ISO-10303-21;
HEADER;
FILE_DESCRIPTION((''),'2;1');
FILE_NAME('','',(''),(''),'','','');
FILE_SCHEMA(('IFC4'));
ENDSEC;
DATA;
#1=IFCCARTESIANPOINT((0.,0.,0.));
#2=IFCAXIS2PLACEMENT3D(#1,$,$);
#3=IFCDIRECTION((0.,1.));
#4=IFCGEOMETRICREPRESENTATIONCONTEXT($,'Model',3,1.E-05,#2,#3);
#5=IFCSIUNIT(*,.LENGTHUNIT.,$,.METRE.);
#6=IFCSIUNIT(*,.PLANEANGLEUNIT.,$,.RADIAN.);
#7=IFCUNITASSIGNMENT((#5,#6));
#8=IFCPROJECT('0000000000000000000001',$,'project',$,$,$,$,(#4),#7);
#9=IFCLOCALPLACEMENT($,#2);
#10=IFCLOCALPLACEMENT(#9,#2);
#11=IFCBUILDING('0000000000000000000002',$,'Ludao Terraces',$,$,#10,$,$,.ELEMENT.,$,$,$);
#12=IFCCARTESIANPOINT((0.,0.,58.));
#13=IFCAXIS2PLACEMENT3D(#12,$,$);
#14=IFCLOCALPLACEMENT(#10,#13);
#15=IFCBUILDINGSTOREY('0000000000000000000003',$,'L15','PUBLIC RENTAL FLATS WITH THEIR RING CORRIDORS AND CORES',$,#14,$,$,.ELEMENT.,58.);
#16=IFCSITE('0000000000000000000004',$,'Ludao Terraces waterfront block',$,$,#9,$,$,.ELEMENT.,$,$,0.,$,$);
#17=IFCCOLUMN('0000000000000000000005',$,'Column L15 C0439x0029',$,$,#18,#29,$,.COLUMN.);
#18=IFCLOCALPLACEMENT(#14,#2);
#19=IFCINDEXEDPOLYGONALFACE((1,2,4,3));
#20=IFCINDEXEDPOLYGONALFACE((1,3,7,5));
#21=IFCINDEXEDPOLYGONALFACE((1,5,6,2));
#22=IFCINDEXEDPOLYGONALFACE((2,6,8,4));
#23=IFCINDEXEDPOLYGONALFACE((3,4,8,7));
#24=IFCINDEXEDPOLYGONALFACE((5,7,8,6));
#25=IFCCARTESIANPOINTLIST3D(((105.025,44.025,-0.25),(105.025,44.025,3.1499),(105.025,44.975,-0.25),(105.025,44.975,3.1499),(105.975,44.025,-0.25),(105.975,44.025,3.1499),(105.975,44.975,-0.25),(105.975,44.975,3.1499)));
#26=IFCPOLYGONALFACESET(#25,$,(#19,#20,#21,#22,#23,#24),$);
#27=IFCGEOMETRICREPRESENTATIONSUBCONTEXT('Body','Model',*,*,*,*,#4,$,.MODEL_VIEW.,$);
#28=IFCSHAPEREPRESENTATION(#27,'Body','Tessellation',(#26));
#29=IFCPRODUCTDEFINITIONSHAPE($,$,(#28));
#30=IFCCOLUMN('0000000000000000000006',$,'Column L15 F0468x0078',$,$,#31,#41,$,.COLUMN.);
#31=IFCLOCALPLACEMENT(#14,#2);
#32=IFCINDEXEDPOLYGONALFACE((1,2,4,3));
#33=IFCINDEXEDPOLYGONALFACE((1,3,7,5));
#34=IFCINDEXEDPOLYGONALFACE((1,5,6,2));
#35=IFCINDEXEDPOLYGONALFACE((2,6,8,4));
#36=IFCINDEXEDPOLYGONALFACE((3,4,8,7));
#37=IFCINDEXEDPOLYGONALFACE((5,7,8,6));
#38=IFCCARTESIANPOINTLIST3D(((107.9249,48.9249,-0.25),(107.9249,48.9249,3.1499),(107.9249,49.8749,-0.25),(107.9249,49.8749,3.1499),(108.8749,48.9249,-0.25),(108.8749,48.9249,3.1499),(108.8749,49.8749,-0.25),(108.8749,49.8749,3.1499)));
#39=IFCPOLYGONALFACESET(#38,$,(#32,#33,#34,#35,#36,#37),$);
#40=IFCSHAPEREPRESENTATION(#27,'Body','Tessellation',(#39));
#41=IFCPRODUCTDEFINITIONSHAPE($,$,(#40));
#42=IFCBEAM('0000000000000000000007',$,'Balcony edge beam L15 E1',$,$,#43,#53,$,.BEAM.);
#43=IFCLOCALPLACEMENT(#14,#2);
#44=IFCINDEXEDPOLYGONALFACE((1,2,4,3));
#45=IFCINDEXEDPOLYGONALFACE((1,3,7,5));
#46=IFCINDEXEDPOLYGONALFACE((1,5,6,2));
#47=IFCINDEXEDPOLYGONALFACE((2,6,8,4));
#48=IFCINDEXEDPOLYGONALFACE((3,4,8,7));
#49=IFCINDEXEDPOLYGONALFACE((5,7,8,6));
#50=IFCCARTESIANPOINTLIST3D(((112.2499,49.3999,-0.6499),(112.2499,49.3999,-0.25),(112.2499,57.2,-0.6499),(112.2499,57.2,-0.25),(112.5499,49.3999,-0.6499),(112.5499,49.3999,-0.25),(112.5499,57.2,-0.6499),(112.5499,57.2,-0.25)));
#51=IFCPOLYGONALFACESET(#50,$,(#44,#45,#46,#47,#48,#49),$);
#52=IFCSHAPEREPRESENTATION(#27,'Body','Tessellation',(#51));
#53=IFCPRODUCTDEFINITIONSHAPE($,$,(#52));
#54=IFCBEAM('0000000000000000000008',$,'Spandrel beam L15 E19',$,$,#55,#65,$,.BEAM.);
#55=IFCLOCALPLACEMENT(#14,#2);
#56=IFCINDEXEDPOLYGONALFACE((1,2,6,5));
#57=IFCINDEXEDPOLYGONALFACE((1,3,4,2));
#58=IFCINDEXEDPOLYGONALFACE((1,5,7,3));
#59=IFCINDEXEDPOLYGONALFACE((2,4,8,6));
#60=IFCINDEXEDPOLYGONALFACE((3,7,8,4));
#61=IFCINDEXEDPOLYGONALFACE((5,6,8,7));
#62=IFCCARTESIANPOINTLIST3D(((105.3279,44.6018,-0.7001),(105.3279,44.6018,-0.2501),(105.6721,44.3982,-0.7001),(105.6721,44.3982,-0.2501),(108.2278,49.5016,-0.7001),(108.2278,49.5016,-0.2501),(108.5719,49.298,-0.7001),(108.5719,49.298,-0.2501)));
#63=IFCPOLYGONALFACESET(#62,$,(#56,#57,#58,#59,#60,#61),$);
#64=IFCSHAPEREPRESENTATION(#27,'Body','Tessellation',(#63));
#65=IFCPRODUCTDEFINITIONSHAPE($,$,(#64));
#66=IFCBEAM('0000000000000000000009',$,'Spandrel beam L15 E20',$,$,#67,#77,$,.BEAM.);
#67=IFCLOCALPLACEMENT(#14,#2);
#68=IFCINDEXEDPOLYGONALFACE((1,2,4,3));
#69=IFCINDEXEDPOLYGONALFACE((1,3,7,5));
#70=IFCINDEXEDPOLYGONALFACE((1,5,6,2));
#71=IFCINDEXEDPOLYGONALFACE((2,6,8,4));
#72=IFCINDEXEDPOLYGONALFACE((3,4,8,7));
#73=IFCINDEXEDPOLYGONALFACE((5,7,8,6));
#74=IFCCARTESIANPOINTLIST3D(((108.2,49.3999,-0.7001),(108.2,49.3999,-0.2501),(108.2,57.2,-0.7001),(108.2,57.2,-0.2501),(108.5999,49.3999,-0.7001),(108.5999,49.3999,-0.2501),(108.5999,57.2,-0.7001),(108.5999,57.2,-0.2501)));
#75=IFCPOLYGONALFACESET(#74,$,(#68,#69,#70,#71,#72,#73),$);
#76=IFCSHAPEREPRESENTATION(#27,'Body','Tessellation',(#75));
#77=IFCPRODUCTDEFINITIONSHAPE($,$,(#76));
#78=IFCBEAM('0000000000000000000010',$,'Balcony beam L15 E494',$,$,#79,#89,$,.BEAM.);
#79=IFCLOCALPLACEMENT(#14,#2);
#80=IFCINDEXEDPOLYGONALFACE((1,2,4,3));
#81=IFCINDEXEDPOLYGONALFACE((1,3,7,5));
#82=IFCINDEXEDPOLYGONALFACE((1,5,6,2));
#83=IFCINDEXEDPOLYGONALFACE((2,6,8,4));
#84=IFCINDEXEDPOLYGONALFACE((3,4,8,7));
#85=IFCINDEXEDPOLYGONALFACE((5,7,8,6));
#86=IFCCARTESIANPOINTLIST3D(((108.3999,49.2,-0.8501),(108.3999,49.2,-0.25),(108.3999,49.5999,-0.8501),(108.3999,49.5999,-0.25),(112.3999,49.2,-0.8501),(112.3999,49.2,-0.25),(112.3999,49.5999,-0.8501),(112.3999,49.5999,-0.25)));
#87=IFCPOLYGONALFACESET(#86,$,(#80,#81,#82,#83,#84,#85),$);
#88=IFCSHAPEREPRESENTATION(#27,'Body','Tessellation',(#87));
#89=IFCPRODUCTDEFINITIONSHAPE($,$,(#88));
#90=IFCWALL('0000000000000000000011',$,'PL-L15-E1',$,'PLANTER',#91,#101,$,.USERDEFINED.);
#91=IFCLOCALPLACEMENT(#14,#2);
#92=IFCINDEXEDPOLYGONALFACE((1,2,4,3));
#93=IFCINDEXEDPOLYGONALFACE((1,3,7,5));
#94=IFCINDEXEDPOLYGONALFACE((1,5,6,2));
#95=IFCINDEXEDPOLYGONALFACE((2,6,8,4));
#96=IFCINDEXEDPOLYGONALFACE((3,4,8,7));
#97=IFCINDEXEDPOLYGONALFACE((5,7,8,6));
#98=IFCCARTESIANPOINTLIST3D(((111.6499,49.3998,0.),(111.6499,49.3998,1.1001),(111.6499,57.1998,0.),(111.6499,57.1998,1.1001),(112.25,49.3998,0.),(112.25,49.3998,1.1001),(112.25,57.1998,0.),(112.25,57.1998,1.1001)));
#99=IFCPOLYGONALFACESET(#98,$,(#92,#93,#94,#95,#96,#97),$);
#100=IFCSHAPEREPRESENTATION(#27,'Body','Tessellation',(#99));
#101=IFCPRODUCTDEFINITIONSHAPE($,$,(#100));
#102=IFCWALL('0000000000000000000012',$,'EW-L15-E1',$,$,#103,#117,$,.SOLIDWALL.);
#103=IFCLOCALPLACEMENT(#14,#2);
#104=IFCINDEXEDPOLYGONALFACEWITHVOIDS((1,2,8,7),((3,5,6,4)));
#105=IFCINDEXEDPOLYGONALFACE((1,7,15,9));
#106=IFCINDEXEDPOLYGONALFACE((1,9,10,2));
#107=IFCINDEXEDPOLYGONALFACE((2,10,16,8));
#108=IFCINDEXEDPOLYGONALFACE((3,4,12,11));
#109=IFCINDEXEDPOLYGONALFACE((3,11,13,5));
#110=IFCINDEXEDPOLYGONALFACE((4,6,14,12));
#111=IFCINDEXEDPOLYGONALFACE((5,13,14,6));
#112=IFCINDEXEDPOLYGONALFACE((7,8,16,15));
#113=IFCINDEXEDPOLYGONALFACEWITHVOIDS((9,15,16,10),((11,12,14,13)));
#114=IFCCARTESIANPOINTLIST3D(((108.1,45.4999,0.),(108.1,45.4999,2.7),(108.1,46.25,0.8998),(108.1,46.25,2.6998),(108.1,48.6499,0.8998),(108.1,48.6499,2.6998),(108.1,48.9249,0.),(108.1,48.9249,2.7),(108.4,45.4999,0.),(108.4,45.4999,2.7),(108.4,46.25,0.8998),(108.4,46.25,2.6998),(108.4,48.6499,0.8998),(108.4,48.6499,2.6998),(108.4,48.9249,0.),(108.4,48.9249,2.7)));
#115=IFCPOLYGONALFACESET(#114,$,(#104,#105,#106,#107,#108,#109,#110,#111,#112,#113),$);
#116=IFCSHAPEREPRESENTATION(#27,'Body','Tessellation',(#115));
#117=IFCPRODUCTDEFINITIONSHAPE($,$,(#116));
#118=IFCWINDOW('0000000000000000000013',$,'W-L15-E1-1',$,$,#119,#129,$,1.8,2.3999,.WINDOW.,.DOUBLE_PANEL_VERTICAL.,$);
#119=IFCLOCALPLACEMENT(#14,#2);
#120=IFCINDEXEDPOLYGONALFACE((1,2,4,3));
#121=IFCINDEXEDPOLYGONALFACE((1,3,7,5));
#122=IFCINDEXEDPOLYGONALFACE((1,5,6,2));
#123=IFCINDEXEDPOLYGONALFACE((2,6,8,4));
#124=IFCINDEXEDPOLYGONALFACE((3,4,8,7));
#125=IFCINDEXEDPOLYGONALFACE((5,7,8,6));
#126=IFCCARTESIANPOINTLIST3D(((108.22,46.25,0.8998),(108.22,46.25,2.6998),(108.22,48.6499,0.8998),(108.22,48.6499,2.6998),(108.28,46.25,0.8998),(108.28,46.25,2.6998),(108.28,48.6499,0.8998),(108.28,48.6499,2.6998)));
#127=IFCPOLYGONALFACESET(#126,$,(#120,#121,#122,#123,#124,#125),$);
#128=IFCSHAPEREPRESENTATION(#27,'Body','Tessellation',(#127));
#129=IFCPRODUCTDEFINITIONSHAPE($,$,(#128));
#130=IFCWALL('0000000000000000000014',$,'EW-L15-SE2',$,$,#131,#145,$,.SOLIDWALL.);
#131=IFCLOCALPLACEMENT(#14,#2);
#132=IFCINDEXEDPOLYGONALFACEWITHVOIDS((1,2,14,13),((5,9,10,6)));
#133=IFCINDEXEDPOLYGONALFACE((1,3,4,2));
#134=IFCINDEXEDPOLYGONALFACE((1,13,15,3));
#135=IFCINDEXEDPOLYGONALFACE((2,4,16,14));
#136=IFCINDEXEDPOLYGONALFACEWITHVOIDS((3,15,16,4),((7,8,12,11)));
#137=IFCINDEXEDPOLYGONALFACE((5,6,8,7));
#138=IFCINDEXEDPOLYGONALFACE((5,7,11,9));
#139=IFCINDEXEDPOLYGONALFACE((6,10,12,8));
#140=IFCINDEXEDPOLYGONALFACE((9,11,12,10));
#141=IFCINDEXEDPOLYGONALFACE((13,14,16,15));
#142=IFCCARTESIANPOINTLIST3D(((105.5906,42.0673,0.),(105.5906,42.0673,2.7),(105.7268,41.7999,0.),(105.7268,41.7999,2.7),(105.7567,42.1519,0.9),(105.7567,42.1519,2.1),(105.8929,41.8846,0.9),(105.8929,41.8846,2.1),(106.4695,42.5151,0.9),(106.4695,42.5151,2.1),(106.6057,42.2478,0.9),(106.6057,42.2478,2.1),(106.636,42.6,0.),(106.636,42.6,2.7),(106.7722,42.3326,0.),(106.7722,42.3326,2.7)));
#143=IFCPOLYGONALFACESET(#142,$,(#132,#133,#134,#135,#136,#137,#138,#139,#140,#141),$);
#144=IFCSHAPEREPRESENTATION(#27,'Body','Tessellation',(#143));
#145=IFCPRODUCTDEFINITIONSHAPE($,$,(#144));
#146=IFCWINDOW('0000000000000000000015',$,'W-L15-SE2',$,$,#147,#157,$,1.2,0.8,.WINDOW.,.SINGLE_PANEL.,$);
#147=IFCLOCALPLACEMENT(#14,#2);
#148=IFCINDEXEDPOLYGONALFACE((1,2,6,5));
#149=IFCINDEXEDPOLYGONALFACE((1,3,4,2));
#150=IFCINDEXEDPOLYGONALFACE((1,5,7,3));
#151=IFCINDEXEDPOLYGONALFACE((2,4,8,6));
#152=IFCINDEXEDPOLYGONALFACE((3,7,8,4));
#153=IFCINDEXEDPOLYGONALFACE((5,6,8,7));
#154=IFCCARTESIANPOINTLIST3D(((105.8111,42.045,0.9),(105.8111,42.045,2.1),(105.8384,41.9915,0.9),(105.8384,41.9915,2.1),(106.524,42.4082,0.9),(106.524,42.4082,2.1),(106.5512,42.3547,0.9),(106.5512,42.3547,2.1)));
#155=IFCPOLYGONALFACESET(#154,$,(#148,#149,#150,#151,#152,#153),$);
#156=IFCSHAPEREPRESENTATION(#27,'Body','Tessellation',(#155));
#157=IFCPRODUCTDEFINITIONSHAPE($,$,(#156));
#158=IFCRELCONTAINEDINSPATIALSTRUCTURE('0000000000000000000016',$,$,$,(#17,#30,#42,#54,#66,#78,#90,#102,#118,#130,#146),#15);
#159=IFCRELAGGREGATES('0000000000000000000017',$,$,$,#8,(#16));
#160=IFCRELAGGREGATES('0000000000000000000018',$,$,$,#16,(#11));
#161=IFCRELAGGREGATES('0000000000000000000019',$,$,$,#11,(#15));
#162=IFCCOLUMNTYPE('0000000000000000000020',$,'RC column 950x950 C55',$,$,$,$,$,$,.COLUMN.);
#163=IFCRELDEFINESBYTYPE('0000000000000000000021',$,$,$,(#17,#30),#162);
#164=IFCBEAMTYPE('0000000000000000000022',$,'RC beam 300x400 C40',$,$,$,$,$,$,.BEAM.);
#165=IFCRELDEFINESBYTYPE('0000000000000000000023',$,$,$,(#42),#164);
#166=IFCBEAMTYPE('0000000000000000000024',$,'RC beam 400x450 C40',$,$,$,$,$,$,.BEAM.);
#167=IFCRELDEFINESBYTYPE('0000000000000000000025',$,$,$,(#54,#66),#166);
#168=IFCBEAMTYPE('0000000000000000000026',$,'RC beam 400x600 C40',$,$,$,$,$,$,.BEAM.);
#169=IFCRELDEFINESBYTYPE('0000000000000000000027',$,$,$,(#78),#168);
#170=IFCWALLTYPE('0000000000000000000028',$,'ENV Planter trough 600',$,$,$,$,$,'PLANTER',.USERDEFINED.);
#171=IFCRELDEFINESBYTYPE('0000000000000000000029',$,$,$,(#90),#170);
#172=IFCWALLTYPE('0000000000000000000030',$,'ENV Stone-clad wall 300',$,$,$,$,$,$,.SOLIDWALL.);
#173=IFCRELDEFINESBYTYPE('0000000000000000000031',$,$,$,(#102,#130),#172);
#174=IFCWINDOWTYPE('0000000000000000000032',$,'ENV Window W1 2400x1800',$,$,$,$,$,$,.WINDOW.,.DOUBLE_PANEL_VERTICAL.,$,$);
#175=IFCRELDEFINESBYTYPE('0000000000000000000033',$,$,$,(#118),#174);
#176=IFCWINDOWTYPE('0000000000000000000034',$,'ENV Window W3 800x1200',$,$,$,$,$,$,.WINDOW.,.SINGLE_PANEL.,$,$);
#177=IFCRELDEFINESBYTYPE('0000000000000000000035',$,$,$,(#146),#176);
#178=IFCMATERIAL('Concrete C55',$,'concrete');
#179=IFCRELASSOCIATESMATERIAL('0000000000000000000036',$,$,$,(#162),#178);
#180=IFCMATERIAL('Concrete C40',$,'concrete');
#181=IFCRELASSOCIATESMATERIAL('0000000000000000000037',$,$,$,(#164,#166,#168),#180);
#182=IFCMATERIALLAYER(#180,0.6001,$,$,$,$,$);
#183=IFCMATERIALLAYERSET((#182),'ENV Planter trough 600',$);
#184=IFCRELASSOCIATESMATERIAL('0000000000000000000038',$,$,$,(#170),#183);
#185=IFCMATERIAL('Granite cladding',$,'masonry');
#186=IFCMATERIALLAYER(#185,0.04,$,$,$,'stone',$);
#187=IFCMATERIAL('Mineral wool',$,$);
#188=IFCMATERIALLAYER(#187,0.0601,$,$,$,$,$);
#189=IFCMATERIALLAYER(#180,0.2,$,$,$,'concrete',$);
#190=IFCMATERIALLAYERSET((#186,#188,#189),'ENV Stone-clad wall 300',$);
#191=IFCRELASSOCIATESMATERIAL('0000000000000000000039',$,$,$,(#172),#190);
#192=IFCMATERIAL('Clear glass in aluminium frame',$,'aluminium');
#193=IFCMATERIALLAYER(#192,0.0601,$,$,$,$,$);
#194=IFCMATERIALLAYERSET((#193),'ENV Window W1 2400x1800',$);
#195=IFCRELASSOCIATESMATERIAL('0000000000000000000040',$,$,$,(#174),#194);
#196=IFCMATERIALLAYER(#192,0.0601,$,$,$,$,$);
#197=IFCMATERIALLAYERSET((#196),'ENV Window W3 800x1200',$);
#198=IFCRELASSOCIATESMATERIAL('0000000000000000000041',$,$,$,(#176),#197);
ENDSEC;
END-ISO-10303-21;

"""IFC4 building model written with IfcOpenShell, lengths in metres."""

from ifc_helpers import new_model, si_unit, direction, frame, frame_2d, origin, origin_2d, place, context, subcontext, project, spatial, rectangle, extrude, material, layer, layer_set, material_profile, profile_set, type_object, element, fill, save


model = new_model("IFC4")

# Units and contexts
model_context = context("Model", 3, precision=1e-05, world=origin(), true_north=direction((0.0, 1.0)))
body_context = subcontext(model_context, "Body", "Model", "MODEL_VIEW")
ifc_project = project(units=[si_unit("LENGTHUNIT", "METRE"), si_unit("PLANEANGLEUNIT", "RADIAN")], contexts=[model_context])

# Site, building, storey
site_placement = place(None, origin())
site = spatial("IfcSite", under=ifc_project, at=site_placement, Name="Ludao Terraces waterfront block", CompositionType="ELEMENT", RefElevation=0.0)
building_placement = place(site_placement, origin())
building = spatial("IfcBuilding", under=site, at=building_placement, Name="Ludao Terraces", CompositionType="ELEMENT")
storey_placement = place(building_placement, frame((0.0, 0.0, 58.0)))
storey = spatial("IfcBuildingStorey", under=building, at=storey_placement, Name="L15", Description="PUBLIC RENTAL FLATS WITH THEIR RING CORRIDORS AND CORES", CompositionType="ELEMENT", Elevation=58.0)

# Columns
ifc_material_1 = material(Name="Concrete C55", Category="concrete")
ifc_material_profile_1 = material_profile(ifc_material_1, rectangle(XDim=0.95, YDim=0.95, at=origin_2d()), Name="950 X 950")
ifc_profile_set_1 = profile_set([ifc_material_profile_1], Name="Concrete C55")
column_type = type_object("IfcColumnType", Name="RC column 950x950 C55", PredefinedType="COLUMN", material=ifc_profile_set_1)
for number, where, z_axis, x_axis, name in (
    (1, (105.5, 44.5, -0.25), (0.0, 0.0, 1.0), (1.0, 0.0, 0.0), "Column L15 C0439x0029"),
    (2, (108.3999, 49.3999, -0.25), (0.0, 0.0, 1.0), (1.0, 0.0, 0.0), "Column L15 F0468x0078"),
):
    element("IfcColumn", number, at=place(storey_placement, frame(where, z_axis=z_axis, x_axis=x_axis)), inside=storey, type_object=column_type, Name=name, PredefinedType="COLUMN", context=body_context, shape_type="SweptSolid", body=[
        extrude(rectangle(XDim=0.95, YDim=0.95, at=origin_2d()), origin(), (0.0, 0.0, 1.0), 3.3999),
    ])

# Beams
ifc_material_2 = material(Name="Concrete C40", Category="concrete")
ifc_material_profile_2 = material_profile(ifc_material_2, rectangle(XDim=0.3, YDim=0.3999, at=origin_2d()), Name="300 X 400")
ifc_profile_set_2 = profile_set([ifc_material_profile_2], Name="Concrete C40")
beam_type_1 = type_object("IfcBeamType", Name="RC beam 300x400 C40", PredefinedType="BEAM", material=ifc_profile_set_2)
beam_1_placement = place(storey_placement, frame((112.3999, 49.3999, -0.45), z_axis=(0.0, 1.0, 0.0), x_axis=(-1.0, 0.0, 0.0)))
element("IfcBeam", 3, at=beam_1_placement, inside=storey, type_object=beam_type_1, Name="Balcony edge beam L15 E1", PredefinedType="BEAM", context=body_context, shape_type="SweptSolid", body=[
    extrude(rectangle(XDim=0.3, YDim=0.3999, at=origin_2d()), origin(), (0.0, 0.0, 1.0), 7.8),
])
ifc_material_profile_3 = material_profile(ifc_material_2, rectangle(XDim=0.3999, YDim=0.45, at=origin_2d()), Name="400 X 450")
ifc_profile_set_3 = profile_set([ifc_material_profile_3], Name="Concrete C40")
beam_type_2 = type_object("IfcBeamType", Name="RC beam 400x450 C40", PredefinedType="BEAM", material=ifc_profile_set_3)
beam_2_placement = place(storey_placement, frame((105.5, 44.5, -0.4751), z_axis=(0.509316, 0.86058, 0.0), x_axis=(-0.86058, 0.509316, 0.0)))
element("IfcBeam", 4, at=beam_2_placement, inside=storey, type_object=beam_type_2, Name="Spandrel beam L15 E19", PredefinedType="BEAM", context=body_context, shape_type="SweptSolid", body=[
    extrude(rectangle(XDim=0.3999, YDim=0.45, at=origin_2d()), origin(), (0.0, 0.0, 1.0), 5.6936),
])
beam_3_placement = place(storey_placement, frame((108.3999, 49.3999, -0.4751), z_axis=(0.0, 1.0, 0.0), x_axis=(-1.0, 0.0, 0.0)))
element("IfcBeam", 5, at=beam_3_placement, inside=storey, type_object=beam_type_2, Name="Spandrel beam L15 E20", PredefinedType="BEAM", context=body_context, shape_type="SweptSolid", body=[
    extrude(rectangle(XDim=0.3999, YDim=0.45, at=origin_2d()), origin(), (0.0, 0.0, 1.0), 7.8),
])
ifc_material_profile_4 = material_profile(ifc_material_2, rectangle(XDim=0.3999, YDim=0.6001, at=origin_2d()), Name="400 X 600")
ifc_profile_set_4 = profile_set([ifc_material_profile_4], Name="Concrete C40")
beam_type_3 = type_object("IfcBeamType", Name="RC beam 400x600 C40", PredefinedType="BEAM", material=ifc_profile_set_4)
beam_4_placement = place(storey_placement, frame((108.3999, 49.3999, -0.55), z_axis=(1.0, 0.0, 0.0), x_axis=(0.0, 1.0, 0.0)))
element("IfcBeam", 6, at=beam_4_placement, inside=storey, type_object=beam_type_3, Name="Balcony beam L15 E494", PredefinedType="BEAM", context=body_context, shape_type="SweptSolid", body=[
    extrude(rectangle(XDim=0.3999, YDim=0.6001, at=origin_2d()), origin(), (0.0, 0.0, 1.0), 4.0),
])

# Wall
ifc_layer_1 = layer(ifc_material_2, 0.6001)
ifc_layer_set_1 = layer_set([ifc_layer_1], Name="ENV Planter trough 600")
wall_type_1 = type_object("IfcWallType", Name="ENV Planter trough 600", ElementType="PLANTER", PredefinedType="USERDEFINED", material=ifc_layer_set_1)
wall_1_placement = place(storey_placement, frame((111.95, 49.3999, 0.0), z_axis=(0.0, 0.0, 1.0), x_axis=(0.0, 1.0, 0.0)))
element("IfcWall", 7, at=wall_1_placement, inside=storey, type_object=wall_type_1, Name="PL-L15-E1", ObjectType="PLANTER", PredefinedType="USERDEFINED", context=body_context, shape_type="SweptSolid", body=[
    extrude(rectangle(XDim=7.8, YDim=0.6001, at=frame_2d((3.8999, 0.0))), origin(), (0.0, 0.0, 1.0), 1.1001),
])

# Walls, openings, windows
ifc_material_3 = material(Name="Granite cladding", Category="masonry")
ifc_layer_2 = layer(ifc_material_3, 0.04, Category="stone")
ifc_material_4 = material(Name="Mineral wool")
ifc_layer_3 = layer(ifc_material_4, 0.0601)
ifc_layer_4 = layer(ifc_material_2, 0.2, Category="concrete")
ifc_layer_set_2 = layer_set([ifc_layer_2, ifc_layer_3, ifc_layer_4], Name="ENV Stone-clad wall 300")
wall_type_2 = type_object("IfcWallType", Name="ENV Stone-clad wall 300", PredefinedType="SOLIDWALL", material=ifc_layer_set_2)
wall_2_placement = place(storey_placement, frame((108.25, 45.5, 0.0), z_axis=(0.0, 0.0, 1.0), x_axis=(0.0, 1.0, 0.0)))
wall_2 = element("IfcWall", 8, at=wall_2_placement, inside=storey, type_object=wall_type_2, Name="EW-L15-E1", PredefinedType="SOLIDWALL", context=body_context, shape_type="SweptSolid", body=[
    extrude(rectangle(XDim=3.425, YDim=0.3, at=frame_2d((1.7124, 0.0))), origin(), (0.0, 0.0, 1.0), 2.7),
])
opening_1_placement = place(wall_2_placement, frame((0.75, 0.0, 0.8999)))
opening_1 = element("IfcOpeningElement", 9, at=opening_1_placement, cuts=wall_2, PredefinedType="OPENING", context=body_context, shape_type="SweptSolid", body=[
    extrude(rectangle(XDim=2.3999, YDim=1.8, at=frame_2d((1.2, 0.8999))), frame((0.0, 0.1602, 0.0), z_axis=(0.0, -1.0, 0.0), x_axis=(1.0, 0.0, 0.0)), (0.0, 0.0, 1.0), 0.3201),
])
ifc_material_5 = material(Name="Clear glass in aluminium frame", Category="aluminium")
ifc_layer_5 = layer(ifc_material_5, 0.0601)
ifc_layer_set_3 = layer_set([ifc_layer_5], Name="ENV Window W1 2400x1800")
window_type_1 = type_object("IfcWindowType", Name="ENV Window W1 2400x1800", PartitioningType="DOUBLE_PANEL_VERTICAL", PredefinedType="WINDOW", material=ifc_layer_set_3)
window_1_placement = place(opening_1_placement, origin())
window_1 = element("IfcWindow", 10, at=window_1_placement, inside=storey, type_object=window_type_1, Name="W-L15-E1-1", OverallHeight=1.8, OverallWidth=2.3999, PartitioningType="DOUBLE_PANEL_VERTICAL", PredefinedType="WINDOW", context=body_context, shape_type="SweptSolid", body=[
    extrude(rectangle(XDim=2.3999, YDim=1.8, at=frame_2d((1.2, 0.8999))), frame((0.0, 0.03, 0.0), z_axis=(0.0, -1.0, 0.0), x_axis=(1.0, 0.0, 0.0)), (0.0, 0.0, 1.0), 0.0601),
])
fill(opening_1, window_1)
wall_3_placement = place(storey_placement, frame((105.6587, 41.9336, 0.0), z_axis=(0.0, 0.0, 1.0), x_axis=(0.890989, 0.454026, 0.0)))
wall_3 = element("IfcWall", 11, at=wall_3_placement, inside=storey, type_object=wall_type_2, Name="EW-L15-SE2", PredefinedType="SOLIDWALL", context=body_context, shape_type="SweptSolid", body=[
    extrude(rectangle(XDim=1.1733, YDim=0.3, at=frame_2d((0.5867, 0.0))), origin(), (0.0, 0.0, 1.0), 2.7),
])
opening_2_placement = place(wall_3_placement, frame((0.1865, 0.0, 0.8999)))
opening_2 = element("IfcOpeningElement", 12, at=opening_2_placement, cuts=wall_3, PredefinedType="OPENING", context=body_context, shape_type="SweptSolid", body=[
    extrude(rectangle(XDim=0.8, YDim=1.2, at=frame_2d((0.3999, 0.6001))), frame((0.0, 0.1602, 0.0), z_axis=(0.0, -1.0, 0.0), x_axis=(1.0, 0.0, 0.0)), (0.0, 0.0, 1.0), 0.3201),
])
ifc_layer_6 = layer(ifc_material_5, 0.0601)
ifc_layer_set_4 = layer_set([ifc_layer_6], Name="ENV Window W3 800x1200")
window_type_2 = type_object("IfcWindowType", Name="ENV Window W3 800x1200", PartitioningType="SINGLE_PANEL", PredefinedType="WINDOW", material=ifc_layer_set_4)
window_2_placement = place(opening_2_placement, origin())
window_2 = element("IfcWindow", 13, at=window_2_placement, inside=storey, type_object=window_type_2, Name="W-L15-SE2", OverallHeight=1.2, OverallWidth=0.8, PartitioningType="SINGLE_PANEL", PredefinedType="WINDOW", context=body_context, shape_type="SweptSolid", body=[
    extrude(rectangle(XDim=0.8, YDim=1.2, at=frame_2d((0.3999, 0.6001))), frame((0.0, 0.03, 0.0), z_axis=(0.0, -1.0, 0.0), x_axis=(1.0, 0.0, 0.0)), (0.0, 0.0, 1.0), 0.0601),
])
fill(opening_2, window_2)

save(model, "model.ifc")
